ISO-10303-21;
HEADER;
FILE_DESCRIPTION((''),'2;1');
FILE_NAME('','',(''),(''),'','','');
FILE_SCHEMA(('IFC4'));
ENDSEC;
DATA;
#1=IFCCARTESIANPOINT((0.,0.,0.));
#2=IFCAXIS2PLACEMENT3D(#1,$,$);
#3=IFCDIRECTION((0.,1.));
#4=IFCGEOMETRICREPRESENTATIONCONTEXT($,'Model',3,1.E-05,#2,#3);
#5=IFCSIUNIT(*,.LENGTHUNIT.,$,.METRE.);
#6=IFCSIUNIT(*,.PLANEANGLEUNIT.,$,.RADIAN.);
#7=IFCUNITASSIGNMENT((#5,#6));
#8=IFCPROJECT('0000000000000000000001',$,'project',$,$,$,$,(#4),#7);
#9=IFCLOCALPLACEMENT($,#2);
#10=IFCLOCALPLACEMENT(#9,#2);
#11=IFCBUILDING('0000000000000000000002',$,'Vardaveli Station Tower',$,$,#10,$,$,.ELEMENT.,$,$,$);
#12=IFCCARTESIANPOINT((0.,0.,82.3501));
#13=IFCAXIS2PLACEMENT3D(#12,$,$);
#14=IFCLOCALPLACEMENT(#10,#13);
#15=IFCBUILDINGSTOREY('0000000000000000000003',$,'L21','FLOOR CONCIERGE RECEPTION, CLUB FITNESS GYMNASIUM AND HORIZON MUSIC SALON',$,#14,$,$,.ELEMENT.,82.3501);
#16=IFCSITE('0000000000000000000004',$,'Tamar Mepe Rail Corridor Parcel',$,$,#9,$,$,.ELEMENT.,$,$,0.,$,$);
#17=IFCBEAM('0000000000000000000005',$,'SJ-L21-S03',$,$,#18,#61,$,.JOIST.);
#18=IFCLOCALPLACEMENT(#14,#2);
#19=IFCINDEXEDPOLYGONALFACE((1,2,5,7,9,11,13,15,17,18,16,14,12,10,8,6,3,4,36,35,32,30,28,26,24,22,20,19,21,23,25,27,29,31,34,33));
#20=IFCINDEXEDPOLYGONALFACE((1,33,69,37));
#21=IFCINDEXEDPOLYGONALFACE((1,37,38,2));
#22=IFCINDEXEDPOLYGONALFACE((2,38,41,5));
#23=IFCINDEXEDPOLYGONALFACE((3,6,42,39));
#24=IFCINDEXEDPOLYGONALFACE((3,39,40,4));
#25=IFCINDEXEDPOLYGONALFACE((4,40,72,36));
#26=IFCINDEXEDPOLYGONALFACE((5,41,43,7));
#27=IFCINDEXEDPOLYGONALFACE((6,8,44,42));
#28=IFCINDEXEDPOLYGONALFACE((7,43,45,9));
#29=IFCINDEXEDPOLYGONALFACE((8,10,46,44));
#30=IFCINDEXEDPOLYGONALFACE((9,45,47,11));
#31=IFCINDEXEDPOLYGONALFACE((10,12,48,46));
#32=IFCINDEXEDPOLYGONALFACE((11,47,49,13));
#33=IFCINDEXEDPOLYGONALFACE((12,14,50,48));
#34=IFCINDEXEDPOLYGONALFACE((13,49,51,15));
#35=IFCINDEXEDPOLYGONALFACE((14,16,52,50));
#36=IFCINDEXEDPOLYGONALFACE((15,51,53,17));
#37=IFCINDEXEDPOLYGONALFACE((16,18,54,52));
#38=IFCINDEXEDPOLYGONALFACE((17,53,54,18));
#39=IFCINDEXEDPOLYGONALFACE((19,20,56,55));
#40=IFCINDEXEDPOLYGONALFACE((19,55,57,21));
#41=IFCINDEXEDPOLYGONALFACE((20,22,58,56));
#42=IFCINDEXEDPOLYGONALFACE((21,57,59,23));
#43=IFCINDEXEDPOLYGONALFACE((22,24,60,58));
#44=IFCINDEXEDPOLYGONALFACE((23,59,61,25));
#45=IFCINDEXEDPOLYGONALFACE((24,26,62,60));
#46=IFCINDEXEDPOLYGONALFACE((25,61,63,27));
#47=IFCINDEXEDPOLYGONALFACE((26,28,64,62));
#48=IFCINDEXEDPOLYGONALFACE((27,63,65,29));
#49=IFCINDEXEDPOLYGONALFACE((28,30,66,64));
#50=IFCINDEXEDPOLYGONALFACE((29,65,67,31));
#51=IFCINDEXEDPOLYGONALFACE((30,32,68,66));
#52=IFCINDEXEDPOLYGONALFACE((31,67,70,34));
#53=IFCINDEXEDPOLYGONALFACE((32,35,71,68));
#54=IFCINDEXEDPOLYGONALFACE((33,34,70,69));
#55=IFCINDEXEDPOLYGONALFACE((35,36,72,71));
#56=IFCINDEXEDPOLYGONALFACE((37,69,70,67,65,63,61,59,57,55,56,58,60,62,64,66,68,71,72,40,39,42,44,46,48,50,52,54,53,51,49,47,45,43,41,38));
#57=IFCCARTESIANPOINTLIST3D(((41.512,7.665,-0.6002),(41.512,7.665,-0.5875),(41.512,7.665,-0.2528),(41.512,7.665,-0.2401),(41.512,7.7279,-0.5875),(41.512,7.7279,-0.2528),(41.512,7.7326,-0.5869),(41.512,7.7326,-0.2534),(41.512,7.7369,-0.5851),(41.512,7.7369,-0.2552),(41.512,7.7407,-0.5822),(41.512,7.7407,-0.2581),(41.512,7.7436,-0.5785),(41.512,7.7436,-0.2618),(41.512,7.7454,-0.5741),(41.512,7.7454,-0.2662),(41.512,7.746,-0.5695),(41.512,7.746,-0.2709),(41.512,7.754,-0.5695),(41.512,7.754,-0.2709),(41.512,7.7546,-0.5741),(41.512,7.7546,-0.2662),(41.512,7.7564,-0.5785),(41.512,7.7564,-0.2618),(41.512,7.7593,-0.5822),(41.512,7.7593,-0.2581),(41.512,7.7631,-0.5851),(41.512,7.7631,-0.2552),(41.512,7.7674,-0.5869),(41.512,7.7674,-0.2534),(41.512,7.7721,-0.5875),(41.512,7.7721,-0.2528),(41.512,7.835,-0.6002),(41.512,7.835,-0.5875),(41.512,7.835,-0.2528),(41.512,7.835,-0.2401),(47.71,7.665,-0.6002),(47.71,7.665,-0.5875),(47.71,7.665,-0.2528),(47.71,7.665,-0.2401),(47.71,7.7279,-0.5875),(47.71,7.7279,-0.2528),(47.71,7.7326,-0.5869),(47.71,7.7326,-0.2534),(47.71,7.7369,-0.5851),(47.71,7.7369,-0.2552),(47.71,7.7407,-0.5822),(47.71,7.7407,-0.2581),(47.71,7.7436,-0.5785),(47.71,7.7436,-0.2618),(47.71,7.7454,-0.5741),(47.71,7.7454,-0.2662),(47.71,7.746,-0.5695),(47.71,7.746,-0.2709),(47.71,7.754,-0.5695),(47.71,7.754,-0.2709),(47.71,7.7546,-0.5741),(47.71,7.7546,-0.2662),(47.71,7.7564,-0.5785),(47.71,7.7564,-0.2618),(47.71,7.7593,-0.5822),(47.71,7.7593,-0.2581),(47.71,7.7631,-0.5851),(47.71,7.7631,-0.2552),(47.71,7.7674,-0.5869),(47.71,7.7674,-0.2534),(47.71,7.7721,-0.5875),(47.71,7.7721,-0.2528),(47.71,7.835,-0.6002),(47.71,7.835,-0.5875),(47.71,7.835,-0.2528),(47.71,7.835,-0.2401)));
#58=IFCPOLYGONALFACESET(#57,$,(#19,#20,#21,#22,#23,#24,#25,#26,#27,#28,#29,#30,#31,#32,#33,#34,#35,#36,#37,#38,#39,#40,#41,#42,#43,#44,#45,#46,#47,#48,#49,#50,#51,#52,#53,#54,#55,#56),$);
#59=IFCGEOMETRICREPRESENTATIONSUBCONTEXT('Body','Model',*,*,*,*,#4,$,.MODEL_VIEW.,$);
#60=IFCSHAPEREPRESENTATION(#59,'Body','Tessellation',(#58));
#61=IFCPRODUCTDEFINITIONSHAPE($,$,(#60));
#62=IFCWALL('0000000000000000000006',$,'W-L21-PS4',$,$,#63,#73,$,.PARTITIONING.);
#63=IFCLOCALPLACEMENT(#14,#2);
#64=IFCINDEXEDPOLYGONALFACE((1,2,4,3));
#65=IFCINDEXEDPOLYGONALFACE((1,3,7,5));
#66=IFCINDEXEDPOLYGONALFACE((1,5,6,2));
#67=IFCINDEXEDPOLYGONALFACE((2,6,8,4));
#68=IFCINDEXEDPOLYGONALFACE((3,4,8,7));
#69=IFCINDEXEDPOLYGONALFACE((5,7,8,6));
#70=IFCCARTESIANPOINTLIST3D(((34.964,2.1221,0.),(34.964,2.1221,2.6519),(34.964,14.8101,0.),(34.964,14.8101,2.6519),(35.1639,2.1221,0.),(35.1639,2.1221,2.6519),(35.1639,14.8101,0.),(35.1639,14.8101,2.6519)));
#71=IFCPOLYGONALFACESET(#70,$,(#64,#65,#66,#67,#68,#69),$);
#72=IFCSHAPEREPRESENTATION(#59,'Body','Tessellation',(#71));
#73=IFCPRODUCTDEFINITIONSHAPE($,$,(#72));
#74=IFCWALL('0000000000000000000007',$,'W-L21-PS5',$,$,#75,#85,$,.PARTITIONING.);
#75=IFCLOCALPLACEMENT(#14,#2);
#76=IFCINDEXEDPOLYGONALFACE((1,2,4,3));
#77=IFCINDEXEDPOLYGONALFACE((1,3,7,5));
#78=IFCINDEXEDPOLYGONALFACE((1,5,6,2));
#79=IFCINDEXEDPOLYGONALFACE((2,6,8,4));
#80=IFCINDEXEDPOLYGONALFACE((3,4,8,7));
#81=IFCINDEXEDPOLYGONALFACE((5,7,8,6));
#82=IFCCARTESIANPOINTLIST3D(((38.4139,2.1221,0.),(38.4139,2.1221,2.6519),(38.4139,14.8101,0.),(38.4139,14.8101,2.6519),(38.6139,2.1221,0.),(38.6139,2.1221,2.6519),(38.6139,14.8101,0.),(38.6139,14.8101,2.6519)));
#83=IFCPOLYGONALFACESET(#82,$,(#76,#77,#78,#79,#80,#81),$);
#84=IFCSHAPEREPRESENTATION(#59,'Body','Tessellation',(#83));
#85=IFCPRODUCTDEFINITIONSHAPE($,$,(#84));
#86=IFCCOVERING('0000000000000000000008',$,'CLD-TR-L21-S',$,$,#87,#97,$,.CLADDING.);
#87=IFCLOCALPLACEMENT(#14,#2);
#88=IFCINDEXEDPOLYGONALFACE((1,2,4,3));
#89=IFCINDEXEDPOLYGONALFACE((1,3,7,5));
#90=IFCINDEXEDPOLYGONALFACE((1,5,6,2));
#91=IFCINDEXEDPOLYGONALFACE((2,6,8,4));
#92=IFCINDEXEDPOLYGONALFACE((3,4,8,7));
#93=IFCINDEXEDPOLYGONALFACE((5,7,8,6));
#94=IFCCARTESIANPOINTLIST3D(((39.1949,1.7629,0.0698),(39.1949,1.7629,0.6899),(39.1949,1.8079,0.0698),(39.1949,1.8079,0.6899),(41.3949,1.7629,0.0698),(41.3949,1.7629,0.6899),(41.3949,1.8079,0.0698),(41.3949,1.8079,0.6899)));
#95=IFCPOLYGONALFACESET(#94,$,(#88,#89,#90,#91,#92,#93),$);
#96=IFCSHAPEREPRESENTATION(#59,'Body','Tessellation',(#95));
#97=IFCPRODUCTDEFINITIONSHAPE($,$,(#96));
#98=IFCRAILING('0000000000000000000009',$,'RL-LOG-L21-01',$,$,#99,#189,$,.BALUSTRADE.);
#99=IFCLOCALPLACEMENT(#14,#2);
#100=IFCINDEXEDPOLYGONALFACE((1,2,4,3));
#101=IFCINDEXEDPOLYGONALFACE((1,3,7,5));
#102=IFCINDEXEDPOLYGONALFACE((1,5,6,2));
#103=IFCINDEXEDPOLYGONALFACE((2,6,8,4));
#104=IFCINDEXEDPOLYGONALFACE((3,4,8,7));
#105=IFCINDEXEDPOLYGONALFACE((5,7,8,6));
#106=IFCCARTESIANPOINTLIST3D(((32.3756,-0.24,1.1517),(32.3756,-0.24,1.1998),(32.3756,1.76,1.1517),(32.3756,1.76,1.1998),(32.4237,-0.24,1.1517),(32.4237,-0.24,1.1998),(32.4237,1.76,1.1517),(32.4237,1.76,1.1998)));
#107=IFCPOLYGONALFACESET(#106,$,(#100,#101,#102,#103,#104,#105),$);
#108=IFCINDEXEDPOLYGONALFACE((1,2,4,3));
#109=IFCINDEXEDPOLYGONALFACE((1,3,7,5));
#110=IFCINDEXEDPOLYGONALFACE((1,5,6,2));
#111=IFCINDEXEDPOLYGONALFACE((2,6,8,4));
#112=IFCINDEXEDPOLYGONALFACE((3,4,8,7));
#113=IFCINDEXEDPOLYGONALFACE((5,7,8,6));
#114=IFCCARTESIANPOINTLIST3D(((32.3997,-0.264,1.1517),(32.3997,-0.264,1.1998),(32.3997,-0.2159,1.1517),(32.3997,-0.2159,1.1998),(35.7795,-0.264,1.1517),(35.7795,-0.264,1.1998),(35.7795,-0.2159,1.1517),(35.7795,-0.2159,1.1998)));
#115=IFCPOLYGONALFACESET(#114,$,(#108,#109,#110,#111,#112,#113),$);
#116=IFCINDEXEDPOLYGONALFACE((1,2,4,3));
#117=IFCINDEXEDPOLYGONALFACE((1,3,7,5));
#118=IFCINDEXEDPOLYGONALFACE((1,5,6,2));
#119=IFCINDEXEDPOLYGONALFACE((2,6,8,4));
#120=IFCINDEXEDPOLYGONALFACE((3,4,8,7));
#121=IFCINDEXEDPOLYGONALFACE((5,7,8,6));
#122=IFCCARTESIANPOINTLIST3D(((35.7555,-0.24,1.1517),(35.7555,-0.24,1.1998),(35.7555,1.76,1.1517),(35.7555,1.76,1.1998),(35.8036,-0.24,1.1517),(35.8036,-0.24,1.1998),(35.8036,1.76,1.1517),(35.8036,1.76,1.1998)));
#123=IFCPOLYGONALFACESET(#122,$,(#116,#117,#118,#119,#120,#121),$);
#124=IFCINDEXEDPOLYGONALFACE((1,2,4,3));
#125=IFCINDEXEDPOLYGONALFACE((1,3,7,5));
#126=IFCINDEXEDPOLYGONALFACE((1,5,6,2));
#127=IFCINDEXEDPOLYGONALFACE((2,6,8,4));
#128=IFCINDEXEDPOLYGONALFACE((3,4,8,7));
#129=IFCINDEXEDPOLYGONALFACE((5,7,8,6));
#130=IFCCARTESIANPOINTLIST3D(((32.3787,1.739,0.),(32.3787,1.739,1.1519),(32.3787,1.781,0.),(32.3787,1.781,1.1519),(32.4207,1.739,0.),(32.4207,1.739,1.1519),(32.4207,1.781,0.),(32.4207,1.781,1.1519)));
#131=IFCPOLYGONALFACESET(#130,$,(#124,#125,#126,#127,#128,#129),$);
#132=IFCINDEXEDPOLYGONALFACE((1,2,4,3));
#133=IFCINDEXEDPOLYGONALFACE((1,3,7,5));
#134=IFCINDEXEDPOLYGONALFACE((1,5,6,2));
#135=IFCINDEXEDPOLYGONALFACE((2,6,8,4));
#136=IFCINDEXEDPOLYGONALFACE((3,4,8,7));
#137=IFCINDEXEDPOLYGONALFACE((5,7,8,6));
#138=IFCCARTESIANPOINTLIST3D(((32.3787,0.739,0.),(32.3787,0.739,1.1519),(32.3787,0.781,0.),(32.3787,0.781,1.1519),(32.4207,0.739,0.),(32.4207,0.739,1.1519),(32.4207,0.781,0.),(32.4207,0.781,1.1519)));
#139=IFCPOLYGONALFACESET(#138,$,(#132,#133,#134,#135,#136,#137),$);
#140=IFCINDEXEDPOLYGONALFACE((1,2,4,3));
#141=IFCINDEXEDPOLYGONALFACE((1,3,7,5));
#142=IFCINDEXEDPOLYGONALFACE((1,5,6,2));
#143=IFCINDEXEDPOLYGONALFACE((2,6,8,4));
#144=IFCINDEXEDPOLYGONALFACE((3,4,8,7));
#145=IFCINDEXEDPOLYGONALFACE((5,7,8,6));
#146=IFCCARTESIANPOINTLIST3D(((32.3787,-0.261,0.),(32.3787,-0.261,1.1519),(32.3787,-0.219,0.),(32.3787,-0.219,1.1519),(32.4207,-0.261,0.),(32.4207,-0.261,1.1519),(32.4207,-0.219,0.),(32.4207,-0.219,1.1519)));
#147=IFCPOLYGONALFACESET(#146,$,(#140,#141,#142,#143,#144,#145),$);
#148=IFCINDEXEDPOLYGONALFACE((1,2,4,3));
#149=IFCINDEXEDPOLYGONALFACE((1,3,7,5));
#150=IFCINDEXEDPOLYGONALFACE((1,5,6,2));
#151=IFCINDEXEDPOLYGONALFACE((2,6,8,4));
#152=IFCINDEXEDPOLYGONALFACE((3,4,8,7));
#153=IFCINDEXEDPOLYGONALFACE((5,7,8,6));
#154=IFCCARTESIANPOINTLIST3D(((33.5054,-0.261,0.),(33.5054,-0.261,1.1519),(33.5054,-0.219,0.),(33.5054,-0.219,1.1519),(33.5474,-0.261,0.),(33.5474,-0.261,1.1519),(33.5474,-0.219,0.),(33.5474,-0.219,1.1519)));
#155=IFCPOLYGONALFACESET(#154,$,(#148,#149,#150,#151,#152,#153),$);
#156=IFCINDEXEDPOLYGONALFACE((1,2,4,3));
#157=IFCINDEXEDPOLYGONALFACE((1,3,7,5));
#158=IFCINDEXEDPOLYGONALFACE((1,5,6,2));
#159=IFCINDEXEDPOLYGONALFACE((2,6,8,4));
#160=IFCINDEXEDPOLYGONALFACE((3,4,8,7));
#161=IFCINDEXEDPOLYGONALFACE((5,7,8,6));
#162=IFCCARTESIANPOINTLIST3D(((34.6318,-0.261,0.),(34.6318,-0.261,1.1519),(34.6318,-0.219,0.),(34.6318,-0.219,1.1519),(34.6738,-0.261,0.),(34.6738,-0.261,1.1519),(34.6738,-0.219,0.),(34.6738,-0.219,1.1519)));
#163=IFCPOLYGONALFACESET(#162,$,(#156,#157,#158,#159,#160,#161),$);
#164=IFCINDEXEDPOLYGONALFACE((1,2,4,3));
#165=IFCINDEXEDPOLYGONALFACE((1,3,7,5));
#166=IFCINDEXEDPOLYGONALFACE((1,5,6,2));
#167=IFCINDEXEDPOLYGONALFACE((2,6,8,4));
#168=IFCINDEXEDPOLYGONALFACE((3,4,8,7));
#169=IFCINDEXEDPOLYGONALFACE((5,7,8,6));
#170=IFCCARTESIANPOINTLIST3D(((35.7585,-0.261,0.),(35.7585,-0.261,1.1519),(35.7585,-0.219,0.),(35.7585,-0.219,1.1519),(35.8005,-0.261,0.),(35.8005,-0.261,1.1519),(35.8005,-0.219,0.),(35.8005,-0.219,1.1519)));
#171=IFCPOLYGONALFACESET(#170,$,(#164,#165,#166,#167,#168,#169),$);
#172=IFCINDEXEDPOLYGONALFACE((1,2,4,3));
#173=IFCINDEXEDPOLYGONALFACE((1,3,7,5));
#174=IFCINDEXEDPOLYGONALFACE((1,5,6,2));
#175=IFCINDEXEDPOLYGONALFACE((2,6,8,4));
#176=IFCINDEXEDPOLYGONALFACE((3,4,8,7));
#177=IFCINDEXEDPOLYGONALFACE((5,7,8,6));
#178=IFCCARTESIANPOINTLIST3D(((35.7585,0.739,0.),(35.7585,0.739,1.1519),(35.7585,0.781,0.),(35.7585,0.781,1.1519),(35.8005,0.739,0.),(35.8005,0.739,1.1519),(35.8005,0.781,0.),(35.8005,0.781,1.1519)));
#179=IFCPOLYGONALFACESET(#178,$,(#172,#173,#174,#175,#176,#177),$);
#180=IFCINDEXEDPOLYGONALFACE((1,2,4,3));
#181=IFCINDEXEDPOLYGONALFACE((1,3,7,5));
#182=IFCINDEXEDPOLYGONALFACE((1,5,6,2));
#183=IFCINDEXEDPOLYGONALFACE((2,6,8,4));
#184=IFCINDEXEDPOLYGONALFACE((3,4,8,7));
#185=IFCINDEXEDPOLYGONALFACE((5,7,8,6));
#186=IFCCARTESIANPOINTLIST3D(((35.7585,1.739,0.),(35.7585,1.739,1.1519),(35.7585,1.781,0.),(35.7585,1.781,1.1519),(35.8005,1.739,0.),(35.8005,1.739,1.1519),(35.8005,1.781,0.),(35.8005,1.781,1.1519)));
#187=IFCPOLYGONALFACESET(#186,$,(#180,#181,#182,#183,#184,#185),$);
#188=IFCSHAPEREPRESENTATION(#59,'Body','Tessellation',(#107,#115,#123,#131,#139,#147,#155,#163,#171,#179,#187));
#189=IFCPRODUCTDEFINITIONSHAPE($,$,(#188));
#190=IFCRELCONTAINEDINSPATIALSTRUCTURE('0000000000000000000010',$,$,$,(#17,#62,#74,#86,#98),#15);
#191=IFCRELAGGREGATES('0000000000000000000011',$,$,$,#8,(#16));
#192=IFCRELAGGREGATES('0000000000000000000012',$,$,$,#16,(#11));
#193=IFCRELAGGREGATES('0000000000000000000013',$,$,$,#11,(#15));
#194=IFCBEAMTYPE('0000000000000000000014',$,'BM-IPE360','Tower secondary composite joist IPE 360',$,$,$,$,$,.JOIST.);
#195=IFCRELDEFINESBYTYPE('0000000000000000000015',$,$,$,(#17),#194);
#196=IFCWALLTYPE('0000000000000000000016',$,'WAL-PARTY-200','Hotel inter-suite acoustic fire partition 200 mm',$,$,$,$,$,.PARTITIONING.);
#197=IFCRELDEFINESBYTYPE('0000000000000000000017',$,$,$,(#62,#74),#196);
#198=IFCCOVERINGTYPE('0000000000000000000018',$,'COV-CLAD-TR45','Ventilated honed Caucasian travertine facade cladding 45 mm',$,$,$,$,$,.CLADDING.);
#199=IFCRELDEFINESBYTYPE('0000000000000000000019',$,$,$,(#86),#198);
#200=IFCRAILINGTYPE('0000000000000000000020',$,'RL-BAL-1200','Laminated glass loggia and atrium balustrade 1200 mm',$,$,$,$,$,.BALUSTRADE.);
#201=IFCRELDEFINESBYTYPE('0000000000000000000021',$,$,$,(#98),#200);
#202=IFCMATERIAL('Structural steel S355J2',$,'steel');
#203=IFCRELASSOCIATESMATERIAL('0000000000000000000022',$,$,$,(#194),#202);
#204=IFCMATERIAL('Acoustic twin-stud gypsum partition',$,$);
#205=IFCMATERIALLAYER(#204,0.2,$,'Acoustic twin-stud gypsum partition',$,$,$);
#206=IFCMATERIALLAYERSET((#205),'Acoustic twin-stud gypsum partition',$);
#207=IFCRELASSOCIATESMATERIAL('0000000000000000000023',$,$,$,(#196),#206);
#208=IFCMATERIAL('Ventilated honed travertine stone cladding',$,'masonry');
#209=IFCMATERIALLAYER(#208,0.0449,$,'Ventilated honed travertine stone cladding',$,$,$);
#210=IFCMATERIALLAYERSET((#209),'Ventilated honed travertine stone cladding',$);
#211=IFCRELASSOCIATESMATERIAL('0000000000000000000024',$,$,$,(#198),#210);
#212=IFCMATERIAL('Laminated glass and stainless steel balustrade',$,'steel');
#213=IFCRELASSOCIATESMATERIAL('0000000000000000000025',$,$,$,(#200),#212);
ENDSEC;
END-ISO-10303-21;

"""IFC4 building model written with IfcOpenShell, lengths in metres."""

from ifc_helpers import new_model, si_unit, direction, frame, frame_2d, origin, origin_2d, place, context, subcontext, project, spatial, rectangle, i_section, extrude, source, transform, mapped, material, layer, layer_set, material_profile, profile_set, type_object, element, save


model = new_model("IFC4")

# Units and contexts
model_context = context("Model", 3, precision=1e-05, world=origin(), true_north=direction((0.0, 1.0)))
body_context = subcontext(model_context, "Body", "Model", "MODEL_VIEW")
ifc_project = project(units=[si_unit("LENGTHUNIT", "METRE"), si_unit("PLANEANGLEUNIT", "RADIAN")], contexts=[model_context])

# Site, building, storey
site_placement = place(None, origin())
site = spatial("IfcSite", under=ifc_project, at=site_placement, Name="Tamar Mepe Rail Corridor Parcel", CompositionType="ELEMENT", RefElevation=0.0)
building_placement = place(site_placement, origin())
building = spatial("IfcBuilding", under=site, at=building_placement, Name="Vardaveli Station Tower", CompositionType="ELEMENT")
storey_placement = place(building_placement, frame((0.0, 0.0, 82.3501)))
storey = spatial("IfcBuildingStorey", under=building, at=storey_placement, Name="L21", Description="FLOOR CONCIERGE RECEPTION, CLUB FITNESS GYMNASIUM AND HORIZON MUSIC SALON", CompositionType="ELEMENT", Elevation=82.3501)

# Beam
ifc_material_1 = material(Name="Structural steel S355J2", Category="steel")
ifc_material_profile_1 = material_profile(ifc_material_1, i_section(OverallWidth=0.1699, OverallDepth=0.3601, WebThickness=0.0081, FlangeThickness=0.0127, FilletRadius=0.0181, at=origin_2d()), Name="IPE 360")
ifc_profile_set_1 = profile_set([ifc_material_profile_1], Name="Structural steel S355J2")
beam_type_1 = type_object("IfcBeamType", Name="BM-IPE360", Description="Tower secondary composite joist IPE 360", PredefinedType="JOIST", material=ifc_profile_set_1)
shared_shape_1 = source(origin(), body_context, "Body", "SweptSolid", [
    extrude(i_section(OverallWidth=0.1699, OverallDepth=0.3601, WebThickness=0.0081, FlangeThickness=0.0127, FilletRadius=0.0181, at=origin_2d()), origin(), (0.0, 0.0, 1.0), 6.198),
])
beam_1_placement = place(storey_placement, frame((41.512, 7.75, -0.4202), z_axis=(1.0, 0.0, 0.0), x_axis=(0.0, 1.0, 0.0)))
element("IfcBeam", 1, at=beam_1_placement, inside=storey, type_object=beam_type_1, Name="SJ-L21-S03", PredefinedType="JOIST", context=body_context, shape_type="MappedRepresentation", body=[
    mapped(shared_shape_1, transform((0.0, 0.0, 0.0), scale=1.0)),
])

# Walls
ifc_material_2 = material(Name="Acoustic twin-stud gypsum partition")
ifc_layer_1 = layer(ifc_material_2, 0.2, Name="Acoustic twin-stud gypsum partition")
ifc_layer_set_1 = layer_set([ifc_layer_1], Name="Acoustic twin-stud gypsum partition")
wall_type = type_object("IfcWallType", Name="WAL-PARTY-200", Description="Hotel inter-suite acoustic fire partition 200 mm", PredefinedType="PARTITIONING", material=ifc_layer_set_1)
shared_shape_2 = source(origin(), body_context, "Body", "SweptSolid", [
    extrude(rectangle(XDim=12.688, YDim=0.2, at=frame_2d((6.344, 0.0))), origin(), (0.0, 0.0, 1.0), 2.6519),
])
for number, where, z_axis, x_axis, name in (
    (2, (35.064, 2.1221, 0.0), (0.0, 0.0, 1.0), (0.0, 1.0, 0.0), "W-L21-PS4"),
    (3, (38.5139, 2.1221, 0.0), (0.0, 0.0, 1.0), (0.0, 1.0, 0.0), "W-L21-PS5"),
):
    element("IfcWall", number, at=place(storey_placement, frame(where, z_axis=z_axis, x_axis=x_axis)), inside=storey, type_object=wall_type, Name=name, PredefinedType="PARTITIONING", context=body_context, shape_type="MappedRepresentation", body=[
        mapped(shared_shape_2, transform((0.0, 0.0, 0.0), scale=1.0)),
    ])

# Covering
ifc_material_3 = material(Name="Ventilated honed travertine stone cladding", Category="masonry")
ifc_layer_2 = layer(ifc_material_3, 0.0449, Name="Ventilated honed travertine stone cladding")
ifc_layer_set_2 = layer_set([ifc_layer_2], Name="Ventilated honed travertine stone cladding")
covering_type = type_object("IfcCoveringType", Name="COV-CLAD-TR45", Description="Ventilated honed Caucasian travertine facade cladding 45 mm", PredefinedType="CLADDING", material=ifc_layer_set_2)
shared_shape_3 = source(origin(), body_context, "Body", "SweptSolid", [
    extrude(rectangle(XDim=2.2, YDim=0.0449, at=origin_2d()), origin(), (0.0, 0.0, 1.0), 0.6201),
])
covering_placement = place(storey_placement, frame((40.2949, 1.7854, 0.0698), z_axis=(0.0, 0.0, 1.0), x_axis=(1.0, 0.0, 0.0)))
element("IfcCovering", 4, at=covering_placement, inside=storey, type_object=covering_type, Name="CLD-TR-L21-S", PredefinedType="CLADDING", context=body_context, shape_type="MappedRepresentation", body=[
    mapped(shared_shape_3, transform((0.0, 0.0, 0.0), scale=1.0)),
])

# Railing
ifc_material_4 = material(Name="Laminated glass and stainless steel balustrade", Category="steel")
railing_type = type_object("IfcRailingType", Name="RL-BAL-1200", Description="Laminated glass loggia and atrium balustrade 1200 mm", PredefinedType="BALUSTRADE", material=ifc_material_4)
shared_shape_4 = source(origin(), body_context, "Body", "SweptSolid", [
    extrude(rectangle(XDim=0.0481, YDim=0.0481, at=origin_2d()), frame((0.0, 0.0, 1.1758), z_axis=(0.0, -1.0, 0.0), x_axis=(1.0, 0.0, 0.0)), (0.0, 0.0, 1.0), 2.0),
    extrude(rectangle(XDim=0.0481, YDim=0.0481, at=origin_2d()), frame((0.0, -2.0, 1.1758), z_axis=(1.0, 0.0, 0.0), x_axis=(0.0, 1.0, 0.0)), (0.0, 0.0, 1.0), 3.3799),
    extrude(rectangle(XDim=0.0481, YDim=0.0481, at=origin_2d()), frame((3.3799, -2.0, 1.1758), z_axis=(0.0, 1.0, 0.0), x_axis=(-1.0, 0.0, 0.0)), (0.0, 0.0, 1.0), 2.0),
    extrude(rectangle(XDim=0.042, YDim=0.042, at=origin_2d()), origin(), (0.0, 0.0, 1.0), 1.1519),
    extrude(rectangle(XDim=0.042, YDim=0.042, at=origin_2d()), frame((0.0, -1.0, 0.0)), (0.0, 0.0, 1.0), 1.1519),
    extrude(rectangle(XDim=0.042, YDim=0.042, at=origin_2d()), frame((0.0, -2.0, 0.0)), (0.0, 0.0, 1.0), 1.1519),
    extrude(rectangle(XDim=0.042, YDim=0.042, at=origin_2d()), frame((1.1267, -2.0, 0.0)), (0.0, 0.0, 1.0), 1.1519),
    extrude(rectangle(XDim=0.042, YDim=0.042, at=origin_2d()), frame((2.2532, -2.0, 0.0)), (0.0, 0.0, 1.0), 1.1519),
    extrude(rectangle(XDim=0.042, YDim=0.042, at=origin_2d()), frame((3.3799, -2.0, 0.0)), (0.0, 0.0, 1.0), 1.1519),
    extrude(rectangle(XDim=0.042, YDim=0.042, at=origin_2d()), frame((3.3799, -1.0, 0.0)), (0.0, 0.0, 1.0), 1.1519),
    extrude(rectangle(XDim=0.042, YDim=0.042, at=origin_2d()), frame((3.3799, 0.0, 0.0)), (0.0, 0.0, 1.0), 1.1519),
])
railing_1_placement = place(storey_placement, frame((32.3997, 1.76, 0.0)))
element("IfcRailing", 5, at=railing_1_placement, inside=storey, type_object=railing_type, Name="RL-LOG-L21-01", PredefinedType="BALUSTRADE", context=body_context, shape_type="MappedRepresentation", body=[
    mapped(shared_shape_4, transform((0.0, 0.0, 0.0), scale=1.0)),
])

save(model, "model.ifc")
